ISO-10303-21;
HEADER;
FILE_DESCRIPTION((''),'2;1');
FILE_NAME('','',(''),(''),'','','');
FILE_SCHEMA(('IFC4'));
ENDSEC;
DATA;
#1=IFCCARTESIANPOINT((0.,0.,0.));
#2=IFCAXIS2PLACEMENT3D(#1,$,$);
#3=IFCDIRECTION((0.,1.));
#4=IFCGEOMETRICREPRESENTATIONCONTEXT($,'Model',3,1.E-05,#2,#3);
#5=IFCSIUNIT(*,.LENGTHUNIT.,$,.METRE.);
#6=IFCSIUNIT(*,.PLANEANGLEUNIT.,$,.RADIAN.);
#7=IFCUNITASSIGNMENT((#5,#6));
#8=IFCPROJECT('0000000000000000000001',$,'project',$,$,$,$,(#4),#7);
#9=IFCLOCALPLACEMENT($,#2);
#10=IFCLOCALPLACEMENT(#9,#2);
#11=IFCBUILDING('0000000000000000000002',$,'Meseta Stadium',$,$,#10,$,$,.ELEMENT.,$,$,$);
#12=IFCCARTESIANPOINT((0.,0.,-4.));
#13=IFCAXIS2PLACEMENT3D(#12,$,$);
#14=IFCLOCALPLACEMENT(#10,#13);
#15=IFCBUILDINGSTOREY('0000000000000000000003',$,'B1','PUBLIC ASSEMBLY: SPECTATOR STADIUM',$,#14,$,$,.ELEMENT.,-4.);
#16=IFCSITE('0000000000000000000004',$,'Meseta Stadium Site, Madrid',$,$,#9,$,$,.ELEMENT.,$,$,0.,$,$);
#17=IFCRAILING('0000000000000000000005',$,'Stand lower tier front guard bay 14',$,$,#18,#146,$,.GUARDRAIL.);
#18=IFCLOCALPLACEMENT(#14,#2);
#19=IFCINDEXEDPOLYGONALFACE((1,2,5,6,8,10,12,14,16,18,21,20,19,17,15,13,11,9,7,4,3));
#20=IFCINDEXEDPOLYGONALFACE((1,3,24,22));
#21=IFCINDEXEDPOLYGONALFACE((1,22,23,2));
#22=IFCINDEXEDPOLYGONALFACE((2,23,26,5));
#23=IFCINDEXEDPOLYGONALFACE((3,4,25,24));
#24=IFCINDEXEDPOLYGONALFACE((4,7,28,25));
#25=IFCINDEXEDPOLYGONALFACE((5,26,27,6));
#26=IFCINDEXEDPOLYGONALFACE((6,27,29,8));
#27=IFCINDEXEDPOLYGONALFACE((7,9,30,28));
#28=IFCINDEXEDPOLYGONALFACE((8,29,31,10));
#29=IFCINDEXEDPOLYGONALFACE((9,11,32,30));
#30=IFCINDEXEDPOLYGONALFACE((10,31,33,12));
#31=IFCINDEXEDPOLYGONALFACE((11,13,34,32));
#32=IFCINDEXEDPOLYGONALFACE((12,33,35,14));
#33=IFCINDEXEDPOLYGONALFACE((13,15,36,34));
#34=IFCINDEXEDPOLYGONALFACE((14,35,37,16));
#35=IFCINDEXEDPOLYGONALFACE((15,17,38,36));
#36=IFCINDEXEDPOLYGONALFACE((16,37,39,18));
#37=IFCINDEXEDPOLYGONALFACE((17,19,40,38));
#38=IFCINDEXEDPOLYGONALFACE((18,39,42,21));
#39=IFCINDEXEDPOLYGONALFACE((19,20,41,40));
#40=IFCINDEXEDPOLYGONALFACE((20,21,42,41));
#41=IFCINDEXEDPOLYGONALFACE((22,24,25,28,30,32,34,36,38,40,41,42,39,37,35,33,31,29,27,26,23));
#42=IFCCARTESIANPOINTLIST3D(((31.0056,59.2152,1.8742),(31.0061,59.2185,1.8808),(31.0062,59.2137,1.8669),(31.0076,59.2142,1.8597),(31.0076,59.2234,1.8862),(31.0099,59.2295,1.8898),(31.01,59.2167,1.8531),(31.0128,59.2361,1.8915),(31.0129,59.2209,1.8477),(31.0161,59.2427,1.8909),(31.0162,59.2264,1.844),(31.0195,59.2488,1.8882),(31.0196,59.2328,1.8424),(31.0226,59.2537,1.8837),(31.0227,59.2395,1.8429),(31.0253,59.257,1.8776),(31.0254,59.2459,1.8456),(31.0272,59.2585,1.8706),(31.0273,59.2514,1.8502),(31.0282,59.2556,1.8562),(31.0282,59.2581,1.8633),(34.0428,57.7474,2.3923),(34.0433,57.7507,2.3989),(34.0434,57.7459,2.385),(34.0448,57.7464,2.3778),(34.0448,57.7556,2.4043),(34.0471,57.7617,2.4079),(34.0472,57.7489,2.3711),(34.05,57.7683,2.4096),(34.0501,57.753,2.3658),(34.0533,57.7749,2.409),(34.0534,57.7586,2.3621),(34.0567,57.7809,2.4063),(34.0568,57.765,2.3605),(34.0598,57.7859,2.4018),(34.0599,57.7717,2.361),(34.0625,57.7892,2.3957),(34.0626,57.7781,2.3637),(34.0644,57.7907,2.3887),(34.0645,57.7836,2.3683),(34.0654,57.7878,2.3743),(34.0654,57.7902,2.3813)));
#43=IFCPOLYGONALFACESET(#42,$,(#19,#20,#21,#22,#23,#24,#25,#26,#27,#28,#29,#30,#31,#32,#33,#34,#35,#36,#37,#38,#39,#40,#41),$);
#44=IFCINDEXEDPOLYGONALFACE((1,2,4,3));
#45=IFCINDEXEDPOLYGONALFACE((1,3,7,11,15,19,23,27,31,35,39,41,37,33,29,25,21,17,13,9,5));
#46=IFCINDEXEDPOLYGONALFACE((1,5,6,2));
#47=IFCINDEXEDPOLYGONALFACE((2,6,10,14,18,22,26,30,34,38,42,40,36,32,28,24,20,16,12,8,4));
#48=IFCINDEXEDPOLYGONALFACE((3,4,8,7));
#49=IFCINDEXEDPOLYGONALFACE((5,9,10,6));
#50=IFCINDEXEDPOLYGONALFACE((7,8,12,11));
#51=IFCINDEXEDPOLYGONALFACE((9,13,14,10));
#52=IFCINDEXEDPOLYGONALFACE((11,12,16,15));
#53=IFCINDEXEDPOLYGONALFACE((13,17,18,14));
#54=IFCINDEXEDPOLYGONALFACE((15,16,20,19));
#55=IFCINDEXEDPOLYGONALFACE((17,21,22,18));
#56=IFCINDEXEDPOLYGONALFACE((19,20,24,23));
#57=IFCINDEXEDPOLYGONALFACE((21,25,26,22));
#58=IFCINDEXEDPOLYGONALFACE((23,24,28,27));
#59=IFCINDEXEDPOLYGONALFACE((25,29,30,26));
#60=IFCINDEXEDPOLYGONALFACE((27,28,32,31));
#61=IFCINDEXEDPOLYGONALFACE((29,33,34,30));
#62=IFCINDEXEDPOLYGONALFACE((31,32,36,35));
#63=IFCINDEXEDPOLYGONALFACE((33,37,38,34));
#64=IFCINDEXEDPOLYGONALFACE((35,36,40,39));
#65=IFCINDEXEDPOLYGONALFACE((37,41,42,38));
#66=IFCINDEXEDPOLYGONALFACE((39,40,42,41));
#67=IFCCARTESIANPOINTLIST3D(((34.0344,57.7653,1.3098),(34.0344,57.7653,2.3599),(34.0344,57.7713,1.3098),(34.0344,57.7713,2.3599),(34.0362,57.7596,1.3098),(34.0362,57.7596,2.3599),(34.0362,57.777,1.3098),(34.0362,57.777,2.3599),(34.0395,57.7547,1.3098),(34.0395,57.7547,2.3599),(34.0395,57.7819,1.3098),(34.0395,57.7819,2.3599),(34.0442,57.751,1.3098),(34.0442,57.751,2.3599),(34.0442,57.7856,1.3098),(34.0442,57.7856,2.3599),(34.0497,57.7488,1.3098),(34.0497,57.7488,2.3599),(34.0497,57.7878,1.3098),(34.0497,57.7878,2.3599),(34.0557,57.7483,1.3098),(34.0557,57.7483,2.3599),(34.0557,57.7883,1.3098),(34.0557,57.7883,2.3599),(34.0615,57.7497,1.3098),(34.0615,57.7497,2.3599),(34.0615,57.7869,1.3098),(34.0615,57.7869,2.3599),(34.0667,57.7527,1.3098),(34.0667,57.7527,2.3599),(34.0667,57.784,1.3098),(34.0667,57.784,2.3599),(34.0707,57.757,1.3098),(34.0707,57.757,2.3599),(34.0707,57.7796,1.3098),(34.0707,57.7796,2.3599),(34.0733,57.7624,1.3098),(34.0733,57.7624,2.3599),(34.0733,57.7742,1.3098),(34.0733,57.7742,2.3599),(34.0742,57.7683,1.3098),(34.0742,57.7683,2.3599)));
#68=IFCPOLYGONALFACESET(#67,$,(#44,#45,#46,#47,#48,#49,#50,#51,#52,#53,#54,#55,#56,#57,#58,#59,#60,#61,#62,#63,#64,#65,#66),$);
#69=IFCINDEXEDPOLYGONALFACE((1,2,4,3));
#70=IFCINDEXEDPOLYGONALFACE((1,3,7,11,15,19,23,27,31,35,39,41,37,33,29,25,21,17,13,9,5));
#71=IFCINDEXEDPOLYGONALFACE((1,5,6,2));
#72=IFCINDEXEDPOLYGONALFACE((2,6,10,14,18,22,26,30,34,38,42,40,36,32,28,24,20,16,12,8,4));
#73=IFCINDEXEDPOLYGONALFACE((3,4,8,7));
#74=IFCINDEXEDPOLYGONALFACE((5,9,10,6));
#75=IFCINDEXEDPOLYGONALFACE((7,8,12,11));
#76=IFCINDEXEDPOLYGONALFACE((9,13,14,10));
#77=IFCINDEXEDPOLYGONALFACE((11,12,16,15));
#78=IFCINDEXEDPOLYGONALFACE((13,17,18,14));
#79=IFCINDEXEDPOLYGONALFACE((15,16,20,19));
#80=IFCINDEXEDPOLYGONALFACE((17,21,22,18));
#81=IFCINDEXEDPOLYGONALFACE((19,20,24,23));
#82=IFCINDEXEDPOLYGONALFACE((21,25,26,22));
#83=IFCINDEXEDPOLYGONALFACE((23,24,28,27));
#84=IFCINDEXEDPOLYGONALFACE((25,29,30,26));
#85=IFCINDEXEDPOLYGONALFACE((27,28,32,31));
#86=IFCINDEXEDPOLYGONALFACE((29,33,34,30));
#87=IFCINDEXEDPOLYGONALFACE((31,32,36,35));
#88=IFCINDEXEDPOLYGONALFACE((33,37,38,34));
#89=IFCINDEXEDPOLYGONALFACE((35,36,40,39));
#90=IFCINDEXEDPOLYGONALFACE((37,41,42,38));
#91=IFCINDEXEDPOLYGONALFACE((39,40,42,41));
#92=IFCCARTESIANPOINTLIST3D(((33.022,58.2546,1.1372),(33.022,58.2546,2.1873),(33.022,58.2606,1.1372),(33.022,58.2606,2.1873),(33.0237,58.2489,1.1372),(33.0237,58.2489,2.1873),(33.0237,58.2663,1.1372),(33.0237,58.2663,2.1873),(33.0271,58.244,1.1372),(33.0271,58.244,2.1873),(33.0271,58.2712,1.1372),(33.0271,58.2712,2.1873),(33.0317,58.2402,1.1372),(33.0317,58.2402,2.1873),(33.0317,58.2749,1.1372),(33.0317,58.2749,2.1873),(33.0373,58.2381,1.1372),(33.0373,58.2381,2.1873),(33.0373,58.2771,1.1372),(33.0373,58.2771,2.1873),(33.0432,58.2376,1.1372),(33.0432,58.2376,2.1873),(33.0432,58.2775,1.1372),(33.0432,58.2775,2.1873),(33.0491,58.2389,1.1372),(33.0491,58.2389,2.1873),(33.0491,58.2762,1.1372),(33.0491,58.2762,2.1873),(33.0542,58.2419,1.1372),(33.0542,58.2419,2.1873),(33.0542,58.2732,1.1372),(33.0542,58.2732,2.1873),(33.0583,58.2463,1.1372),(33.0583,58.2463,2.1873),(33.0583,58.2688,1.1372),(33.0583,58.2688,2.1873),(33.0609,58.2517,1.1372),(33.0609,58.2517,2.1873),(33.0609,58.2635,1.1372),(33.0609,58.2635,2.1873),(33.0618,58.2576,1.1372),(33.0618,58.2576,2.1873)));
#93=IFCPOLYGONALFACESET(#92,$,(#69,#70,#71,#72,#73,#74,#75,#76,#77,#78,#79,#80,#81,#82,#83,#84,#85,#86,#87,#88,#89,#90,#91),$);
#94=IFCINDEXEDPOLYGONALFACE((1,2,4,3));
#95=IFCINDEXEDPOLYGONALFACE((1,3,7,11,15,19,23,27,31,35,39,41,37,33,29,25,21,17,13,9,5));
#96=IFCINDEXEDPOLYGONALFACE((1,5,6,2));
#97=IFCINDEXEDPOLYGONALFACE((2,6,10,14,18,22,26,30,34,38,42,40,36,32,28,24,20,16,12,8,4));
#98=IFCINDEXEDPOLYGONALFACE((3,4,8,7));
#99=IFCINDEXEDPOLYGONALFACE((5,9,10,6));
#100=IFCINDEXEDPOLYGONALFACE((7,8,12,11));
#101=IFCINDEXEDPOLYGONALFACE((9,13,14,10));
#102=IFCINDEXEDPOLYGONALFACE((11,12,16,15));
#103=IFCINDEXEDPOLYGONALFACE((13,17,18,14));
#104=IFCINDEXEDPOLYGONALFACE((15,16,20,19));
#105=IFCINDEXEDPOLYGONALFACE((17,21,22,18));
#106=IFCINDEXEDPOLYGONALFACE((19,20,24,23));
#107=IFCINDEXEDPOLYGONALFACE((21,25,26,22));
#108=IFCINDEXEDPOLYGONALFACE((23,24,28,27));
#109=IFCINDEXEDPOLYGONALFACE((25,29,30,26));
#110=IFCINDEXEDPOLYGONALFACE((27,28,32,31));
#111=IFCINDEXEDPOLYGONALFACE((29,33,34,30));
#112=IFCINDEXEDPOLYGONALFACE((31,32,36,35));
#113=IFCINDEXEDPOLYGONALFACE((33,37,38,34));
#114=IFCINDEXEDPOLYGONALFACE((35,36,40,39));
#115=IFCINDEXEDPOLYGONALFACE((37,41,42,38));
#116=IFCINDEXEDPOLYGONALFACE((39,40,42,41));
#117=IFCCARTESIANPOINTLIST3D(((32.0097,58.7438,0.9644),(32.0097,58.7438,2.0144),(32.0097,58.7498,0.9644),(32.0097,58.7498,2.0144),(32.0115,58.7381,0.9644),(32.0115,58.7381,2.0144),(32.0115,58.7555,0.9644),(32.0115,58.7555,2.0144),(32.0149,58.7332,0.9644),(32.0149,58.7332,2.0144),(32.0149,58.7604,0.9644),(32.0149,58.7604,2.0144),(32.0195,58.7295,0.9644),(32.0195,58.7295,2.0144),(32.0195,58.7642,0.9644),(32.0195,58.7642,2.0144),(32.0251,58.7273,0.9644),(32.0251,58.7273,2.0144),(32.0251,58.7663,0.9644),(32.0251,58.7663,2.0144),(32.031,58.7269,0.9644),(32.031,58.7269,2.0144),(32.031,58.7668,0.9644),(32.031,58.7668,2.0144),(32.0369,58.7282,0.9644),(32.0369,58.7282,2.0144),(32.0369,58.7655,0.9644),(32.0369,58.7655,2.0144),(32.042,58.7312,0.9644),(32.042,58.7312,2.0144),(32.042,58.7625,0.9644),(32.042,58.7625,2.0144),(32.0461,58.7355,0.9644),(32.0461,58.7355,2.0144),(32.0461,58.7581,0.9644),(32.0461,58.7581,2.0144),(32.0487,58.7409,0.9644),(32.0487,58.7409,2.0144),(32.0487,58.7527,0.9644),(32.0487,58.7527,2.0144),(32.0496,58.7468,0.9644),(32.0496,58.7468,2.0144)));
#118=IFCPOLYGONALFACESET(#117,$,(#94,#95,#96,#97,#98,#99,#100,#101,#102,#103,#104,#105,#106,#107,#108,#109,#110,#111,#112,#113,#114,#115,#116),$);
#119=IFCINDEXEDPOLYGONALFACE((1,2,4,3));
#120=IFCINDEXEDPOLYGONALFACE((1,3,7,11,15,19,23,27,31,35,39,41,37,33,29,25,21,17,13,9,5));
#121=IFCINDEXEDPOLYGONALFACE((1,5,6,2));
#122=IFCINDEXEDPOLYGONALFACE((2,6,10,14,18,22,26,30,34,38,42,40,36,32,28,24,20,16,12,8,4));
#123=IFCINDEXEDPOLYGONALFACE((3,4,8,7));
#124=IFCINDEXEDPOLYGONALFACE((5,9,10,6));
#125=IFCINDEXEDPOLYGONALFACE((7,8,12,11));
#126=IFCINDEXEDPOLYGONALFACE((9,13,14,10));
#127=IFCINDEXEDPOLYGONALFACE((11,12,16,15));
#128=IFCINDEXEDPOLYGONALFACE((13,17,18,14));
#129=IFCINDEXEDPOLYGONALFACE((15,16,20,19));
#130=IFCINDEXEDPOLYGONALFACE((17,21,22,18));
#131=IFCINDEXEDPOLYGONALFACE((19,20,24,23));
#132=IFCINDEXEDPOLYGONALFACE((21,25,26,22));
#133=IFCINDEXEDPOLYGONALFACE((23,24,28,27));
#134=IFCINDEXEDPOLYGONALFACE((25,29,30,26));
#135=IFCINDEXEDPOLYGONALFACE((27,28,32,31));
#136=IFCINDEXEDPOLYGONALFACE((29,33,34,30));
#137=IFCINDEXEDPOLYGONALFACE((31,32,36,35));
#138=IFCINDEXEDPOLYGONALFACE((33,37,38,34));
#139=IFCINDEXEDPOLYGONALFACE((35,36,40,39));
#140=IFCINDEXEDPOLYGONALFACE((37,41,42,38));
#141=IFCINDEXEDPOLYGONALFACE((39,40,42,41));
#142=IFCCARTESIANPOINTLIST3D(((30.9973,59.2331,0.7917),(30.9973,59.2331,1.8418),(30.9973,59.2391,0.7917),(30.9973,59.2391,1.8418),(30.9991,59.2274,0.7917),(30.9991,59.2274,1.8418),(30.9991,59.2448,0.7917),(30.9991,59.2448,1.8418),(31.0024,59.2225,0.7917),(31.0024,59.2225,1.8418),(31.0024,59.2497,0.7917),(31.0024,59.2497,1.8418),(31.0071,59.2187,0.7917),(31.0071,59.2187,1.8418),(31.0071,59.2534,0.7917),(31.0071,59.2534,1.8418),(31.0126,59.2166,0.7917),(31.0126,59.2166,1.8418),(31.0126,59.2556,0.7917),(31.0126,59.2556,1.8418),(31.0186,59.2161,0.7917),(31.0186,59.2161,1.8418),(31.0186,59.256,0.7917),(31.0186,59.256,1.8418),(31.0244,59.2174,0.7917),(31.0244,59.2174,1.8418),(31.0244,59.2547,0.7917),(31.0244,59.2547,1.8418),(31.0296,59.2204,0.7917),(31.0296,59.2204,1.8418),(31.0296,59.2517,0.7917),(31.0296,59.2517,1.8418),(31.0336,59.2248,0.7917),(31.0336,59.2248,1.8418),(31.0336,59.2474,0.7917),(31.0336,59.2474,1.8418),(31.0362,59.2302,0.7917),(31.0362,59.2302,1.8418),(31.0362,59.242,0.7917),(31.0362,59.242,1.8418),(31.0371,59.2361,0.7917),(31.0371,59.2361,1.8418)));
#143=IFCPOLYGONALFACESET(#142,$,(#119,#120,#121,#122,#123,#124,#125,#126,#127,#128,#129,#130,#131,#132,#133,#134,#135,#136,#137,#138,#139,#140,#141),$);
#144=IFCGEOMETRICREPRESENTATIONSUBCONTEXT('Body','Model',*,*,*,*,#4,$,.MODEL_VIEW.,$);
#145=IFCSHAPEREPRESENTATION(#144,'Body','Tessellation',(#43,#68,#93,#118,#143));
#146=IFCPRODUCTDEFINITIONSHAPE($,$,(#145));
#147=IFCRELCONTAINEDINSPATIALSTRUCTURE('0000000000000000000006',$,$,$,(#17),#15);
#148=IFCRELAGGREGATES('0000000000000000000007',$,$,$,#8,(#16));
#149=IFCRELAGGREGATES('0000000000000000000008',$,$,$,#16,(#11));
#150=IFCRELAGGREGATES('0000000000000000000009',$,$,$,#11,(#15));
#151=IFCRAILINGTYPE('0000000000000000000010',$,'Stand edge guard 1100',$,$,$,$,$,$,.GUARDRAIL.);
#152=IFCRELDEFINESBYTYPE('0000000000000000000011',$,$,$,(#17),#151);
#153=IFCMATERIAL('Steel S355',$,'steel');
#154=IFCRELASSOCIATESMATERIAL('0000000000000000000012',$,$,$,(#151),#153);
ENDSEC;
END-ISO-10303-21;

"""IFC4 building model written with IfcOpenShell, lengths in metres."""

from ifc_helpers import new_model, si_unit, direction, frame, origin, origin_2d, place, context, subcontext, project, spatial, circle, extrude, material, type_object, element, save


model = new_model("IFC4")

# Units and contexts
model_context = context("Model", 3, precision=1e-05, world=origin(), true_north=direction((0.0, 1.0)))
body_context = subcontext(model_context, "Body", "Model", "MODEL_VIEW")
ifc_project = project(units=[si_unit("LENGTHUNIT", "METRE"), si_unit("PLANEANGLEUNIT", "RADIAN")], contexts=[model_context])

# Site, building, storey
site_placement = place(None, origin())
site = spatial("IfcSite", under=ifc_project, at=site_placement, Name="Meseta Stadium Site, Madrid", CompositionType="ELEMENT", RefElevation=0.0)
building_placement = place(site_placement, origin())
building = spatial("IfcBuilding", under=site, at=building_placement, Name="Meseta Stadium", CompositionType="ELEMENT")
storey_placement = place(building_placement, frame((0.0, 0.0, -4.0)))
storey = spatial("IfcBuildingStorey", under=building, at=storey_placement, Name="B1", Description="PUBLIC ASSEMBLY: SPECTATOR STADIUM", CompositionType="ELEMENT", Elevation=-4.0)

# Railing
ifc_material_1 = material(Name="Steel S355", Category="steel")
railing_type = type_object("IfcRailingType", Name="Stand edge guard 1100", PredefinedType="GUARDRAIL", material=ifc_material_1)
railing_1_placement = place(storey_placement, frame((34.0542, 57.7683, 1.3098)))
element("IfcRailing", 1, at=railing_1_placement, inside=storey, type_object=railing_type, Name="Stand lower tier front guard bay 14", PredefinedType="GUARDRAIL", context=body_context, shape_type="SweptSolid", body=[
    extrude(circle(Radius=0.0249, at=origin_2d()), frame((0.0, 0.0, 1.0752), z_axis=(-0.889933, 0.430087, -0.151804), x_axis=(-0.43513, -0.900368, 0.0)), (0.0, 0.0, 1.0), 3.4128),
    extrude(circle(Radius=0.02, at=origin_2d()), origin(), (0.0, 0.0, 1.0), 1.05),
    extrude(circle(Radius=0.02, at=origin_2d()), frame((-1.0125, 0.4893, -0.1726)), (0.0, 0.0, 1.0), 1.05),
    extrude(circle(Radius=0.02, at=origin_2d()), frame((-2.0247, 0.9785, -0.3455)), (0.0, 0.0, 1.0), 1.05),
    extrude(circle(Radius=0.02, at=origin_2d()), frame((-3.0371, 1.4678, -0.5181)), (0.0, 0.0, 1.0), 1.05),
])

save(model, "model.ifc")
